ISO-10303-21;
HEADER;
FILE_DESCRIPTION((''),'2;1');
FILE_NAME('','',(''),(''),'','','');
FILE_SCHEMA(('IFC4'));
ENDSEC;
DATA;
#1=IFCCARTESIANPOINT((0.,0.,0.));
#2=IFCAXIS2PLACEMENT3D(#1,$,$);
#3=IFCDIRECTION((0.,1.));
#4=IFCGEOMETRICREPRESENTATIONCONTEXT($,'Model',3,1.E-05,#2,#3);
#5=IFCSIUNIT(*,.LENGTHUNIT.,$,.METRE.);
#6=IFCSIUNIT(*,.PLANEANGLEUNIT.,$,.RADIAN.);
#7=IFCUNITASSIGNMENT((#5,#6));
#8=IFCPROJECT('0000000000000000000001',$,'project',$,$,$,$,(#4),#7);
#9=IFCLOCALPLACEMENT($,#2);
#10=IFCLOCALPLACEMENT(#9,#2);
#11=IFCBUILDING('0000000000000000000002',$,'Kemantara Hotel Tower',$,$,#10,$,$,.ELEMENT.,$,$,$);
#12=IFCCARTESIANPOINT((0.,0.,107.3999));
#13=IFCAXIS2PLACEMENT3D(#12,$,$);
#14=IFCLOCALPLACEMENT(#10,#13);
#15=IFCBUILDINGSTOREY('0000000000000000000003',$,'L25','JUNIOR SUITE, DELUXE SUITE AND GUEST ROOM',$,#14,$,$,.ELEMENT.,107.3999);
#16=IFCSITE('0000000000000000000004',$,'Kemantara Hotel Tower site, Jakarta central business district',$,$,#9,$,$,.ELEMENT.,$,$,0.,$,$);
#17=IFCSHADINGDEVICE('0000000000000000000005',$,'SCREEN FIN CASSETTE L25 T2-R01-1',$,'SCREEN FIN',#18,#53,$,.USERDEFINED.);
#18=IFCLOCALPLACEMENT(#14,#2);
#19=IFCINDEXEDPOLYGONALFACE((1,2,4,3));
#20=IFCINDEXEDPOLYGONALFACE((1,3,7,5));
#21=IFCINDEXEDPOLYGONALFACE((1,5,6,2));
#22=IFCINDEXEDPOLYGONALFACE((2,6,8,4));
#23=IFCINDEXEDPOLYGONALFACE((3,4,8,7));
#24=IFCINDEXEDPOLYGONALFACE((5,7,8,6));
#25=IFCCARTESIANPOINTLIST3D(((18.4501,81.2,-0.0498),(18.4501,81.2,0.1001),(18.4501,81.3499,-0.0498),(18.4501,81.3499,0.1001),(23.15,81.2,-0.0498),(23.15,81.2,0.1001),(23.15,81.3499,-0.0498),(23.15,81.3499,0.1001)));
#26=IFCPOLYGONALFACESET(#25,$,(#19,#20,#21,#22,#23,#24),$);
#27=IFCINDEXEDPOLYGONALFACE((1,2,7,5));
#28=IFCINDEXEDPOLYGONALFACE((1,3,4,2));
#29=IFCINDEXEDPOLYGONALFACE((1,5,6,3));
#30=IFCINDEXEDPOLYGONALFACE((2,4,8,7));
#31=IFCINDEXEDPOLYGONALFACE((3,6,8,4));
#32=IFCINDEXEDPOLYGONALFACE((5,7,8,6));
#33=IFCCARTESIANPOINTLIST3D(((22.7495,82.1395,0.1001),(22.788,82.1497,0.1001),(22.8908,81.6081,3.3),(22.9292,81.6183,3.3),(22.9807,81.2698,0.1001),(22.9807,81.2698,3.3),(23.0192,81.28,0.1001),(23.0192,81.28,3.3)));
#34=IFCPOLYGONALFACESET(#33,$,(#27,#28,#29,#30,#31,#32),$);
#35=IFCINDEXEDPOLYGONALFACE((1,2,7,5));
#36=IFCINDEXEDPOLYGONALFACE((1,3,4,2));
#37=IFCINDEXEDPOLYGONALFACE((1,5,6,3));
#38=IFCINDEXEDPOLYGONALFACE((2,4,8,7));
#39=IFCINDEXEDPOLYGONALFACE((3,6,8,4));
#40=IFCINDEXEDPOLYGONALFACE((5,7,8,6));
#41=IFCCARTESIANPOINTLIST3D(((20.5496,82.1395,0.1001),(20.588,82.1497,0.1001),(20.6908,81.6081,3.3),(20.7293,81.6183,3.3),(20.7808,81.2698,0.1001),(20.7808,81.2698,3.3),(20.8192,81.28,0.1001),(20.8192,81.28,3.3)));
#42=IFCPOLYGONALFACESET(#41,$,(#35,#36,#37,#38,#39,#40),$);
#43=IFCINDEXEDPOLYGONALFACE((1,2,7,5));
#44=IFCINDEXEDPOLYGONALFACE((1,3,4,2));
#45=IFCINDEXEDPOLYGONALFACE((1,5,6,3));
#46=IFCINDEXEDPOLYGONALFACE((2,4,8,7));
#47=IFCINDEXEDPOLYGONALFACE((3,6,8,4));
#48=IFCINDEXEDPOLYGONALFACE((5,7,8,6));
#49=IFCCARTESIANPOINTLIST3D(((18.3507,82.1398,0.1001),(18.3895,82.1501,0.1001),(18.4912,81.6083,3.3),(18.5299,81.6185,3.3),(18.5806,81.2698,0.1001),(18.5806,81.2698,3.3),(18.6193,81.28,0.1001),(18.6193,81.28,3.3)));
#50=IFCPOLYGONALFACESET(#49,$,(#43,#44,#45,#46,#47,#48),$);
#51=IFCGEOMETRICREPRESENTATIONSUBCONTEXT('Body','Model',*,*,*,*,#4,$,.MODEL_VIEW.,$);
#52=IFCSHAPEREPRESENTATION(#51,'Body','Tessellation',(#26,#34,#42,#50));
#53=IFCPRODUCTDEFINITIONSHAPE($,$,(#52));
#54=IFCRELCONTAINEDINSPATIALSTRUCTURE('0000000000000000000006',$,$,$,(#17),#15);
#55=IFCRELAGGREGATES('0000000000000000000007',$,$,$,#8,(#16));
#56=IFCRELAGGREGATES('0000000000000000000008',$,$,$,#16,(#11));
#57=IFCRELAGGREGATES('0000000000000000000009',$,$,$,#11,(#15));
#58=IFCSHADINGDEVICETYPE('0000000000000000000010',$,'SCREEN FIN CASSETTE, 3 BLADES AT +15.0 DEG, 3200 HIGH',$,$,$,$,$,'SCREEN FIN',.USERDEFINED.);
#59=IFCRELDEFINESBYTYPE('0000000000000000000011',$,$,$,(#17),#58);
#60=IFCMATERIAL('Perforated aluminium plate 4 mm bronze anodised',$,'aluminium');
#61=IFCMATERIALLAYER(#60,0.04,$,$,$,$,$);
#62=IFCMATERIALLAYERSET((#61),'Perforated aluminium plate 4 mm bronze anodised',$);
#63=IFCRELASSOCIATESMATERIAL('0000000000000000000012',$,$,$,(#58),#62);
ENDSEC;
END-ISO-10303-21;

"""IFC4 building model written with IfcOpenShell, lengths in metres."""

from ifc_helpers import new_model, si_unit, direction, frame, origin, origin_2d, place, context, subcontext, project, spatial, polyline, rectangle, outline, extrude, source, transform, mapped, material, layer, layer_set, type_object, element, save


model = new_model("IFC4")

# Units and contexts
model_context = context("Model", 3, precision=1e-05, world=origin(), true_north=direction((0.0, 1.0)))
body_context = subcontext(model_context, "Body", "Model", "MODEL_VIEW")
ifc_project = project(units=[si_unit("LENGTHUNIT", "METRE"), si_unit("PLANEANGLEUNIT", "RADIAN")], contexts=[model_context])

# Site, building, storey
site_placement = place(None, origin())
site = spatial("IfcSite", under=ifc_project, at=site_placement, Name="Kemantara Hotel Tower site, Jakarta central business district", CompositionType="ELEMENT", RefElevation=0.0)
building_placement = place(site_placement, origin())
building = spatial("IfcBuilding", under=site, at=building_placement, Name="Kemantara Hotel Tower", CompositionType="ELEMENT")
storey_placement = place(building_placement, frame((0.0, 0.0, 107.3999)))
storey = spatial("IfcBuildingStorey", under=building, at=storey_placement, Name="L25", Description="JUNIOR SUITE, DELUXE SUITE AND GUEST ROOM", CompositionType="ELEMENT", Elevation=107.3999)

# Shading device
ifc_material_1 = material(Name="Perforated aluminium plate 4 mm bronze anodised", Category="aluminium")
ifc_layer_1 = layer(ifc_material_1, 0.04)
ifc_layer_set_1 = layer_set([ifc_layer_1], Name="Perforated aluminium plate 4 mm bronze anodised")
shading_device_type_1 = type_object("IfcShadingDeviceType", Name="SCREEN FIN CASSETTE, 3 BLADES AT +15.0 DEG, 3200 HIGH", ElementType="SCREEN FIN", PredefinedType="USERDEFINED", material=ifc_layer_set_1)
shared_shape_1 = source(origin(), body_context, "Body", "SweptSolid", [
    extrude(rectangle(XDim=4.7, YDim=0.1499, at=origin_2d()), frame((2.2, -0.075, -0.1499), z_axis=(0.0, 0.0, 1.0), x_axis=(1.0, 0.0, 0.0)), (0.0, 0.0, 1.0), 0.1499),
    extrude(outline(polyline([(0.0, 0.0), (0.8999, 0.0), (0.3501, 3.2), (0.0, 3.2), (0.0, 0.0)])), frame((0.0193, -0.0698, 0.0), z_axis=(-0.966438, -0.256901, 0.0), x_axis=(0.256901, -0.966438, 0.0)), (0.0, 0.0, 1.0), 0.0398),
    extrude(outline(polyline([(0.0, 0.0), (0.8999, 0.0), (0.3501, 3.2), (0.0, 3.2), (0.0, 0.0)])), frame((2.2192, -0.0698, 0.0), z_axis=(-0.966438, -0.256901, 0.0), x_axis=(0.256901, -0.966438, 0.0)), (0.0, 0.0, 1.0), 0.0398),
    extrude(outline(polyline([(0.0, 0.0), (0.8999, 0.0), (0.3501, 3.2), (0.0, 3.2), (0.0, 0.0)])), frame((4.4194, -0.0698, 0.0), z_axis=(-0.966838, -0.255391, 0.0), x_axis=(0.255391, -0.966838, 0.0)), (0.0, 0.0, 1.0), 0.04),
])
shading_device_1_placement = place(storey_placement, frame((23.0, 81.2, 0.1001), z_axis=(0.0, 0.0, 1.0), x_axis=(-1.0, 0.0, 0.0)))
element("IfcShadingDevice", 1, at=shading_device_1_placement, inside=storey, type_object=shading_device_type_1, Name="SCREEN FIN CASSETTE L25 T2-R01-1", ObjectType="SCREEN FIN", PredefinedType="USERDEFINED", context=body_context, shape_type="MappedRepresentation", body=[
    mapped(shared_shape_1, transform((0.0, 0.0, 0.0))),
])

save(model, "model.ifc")
